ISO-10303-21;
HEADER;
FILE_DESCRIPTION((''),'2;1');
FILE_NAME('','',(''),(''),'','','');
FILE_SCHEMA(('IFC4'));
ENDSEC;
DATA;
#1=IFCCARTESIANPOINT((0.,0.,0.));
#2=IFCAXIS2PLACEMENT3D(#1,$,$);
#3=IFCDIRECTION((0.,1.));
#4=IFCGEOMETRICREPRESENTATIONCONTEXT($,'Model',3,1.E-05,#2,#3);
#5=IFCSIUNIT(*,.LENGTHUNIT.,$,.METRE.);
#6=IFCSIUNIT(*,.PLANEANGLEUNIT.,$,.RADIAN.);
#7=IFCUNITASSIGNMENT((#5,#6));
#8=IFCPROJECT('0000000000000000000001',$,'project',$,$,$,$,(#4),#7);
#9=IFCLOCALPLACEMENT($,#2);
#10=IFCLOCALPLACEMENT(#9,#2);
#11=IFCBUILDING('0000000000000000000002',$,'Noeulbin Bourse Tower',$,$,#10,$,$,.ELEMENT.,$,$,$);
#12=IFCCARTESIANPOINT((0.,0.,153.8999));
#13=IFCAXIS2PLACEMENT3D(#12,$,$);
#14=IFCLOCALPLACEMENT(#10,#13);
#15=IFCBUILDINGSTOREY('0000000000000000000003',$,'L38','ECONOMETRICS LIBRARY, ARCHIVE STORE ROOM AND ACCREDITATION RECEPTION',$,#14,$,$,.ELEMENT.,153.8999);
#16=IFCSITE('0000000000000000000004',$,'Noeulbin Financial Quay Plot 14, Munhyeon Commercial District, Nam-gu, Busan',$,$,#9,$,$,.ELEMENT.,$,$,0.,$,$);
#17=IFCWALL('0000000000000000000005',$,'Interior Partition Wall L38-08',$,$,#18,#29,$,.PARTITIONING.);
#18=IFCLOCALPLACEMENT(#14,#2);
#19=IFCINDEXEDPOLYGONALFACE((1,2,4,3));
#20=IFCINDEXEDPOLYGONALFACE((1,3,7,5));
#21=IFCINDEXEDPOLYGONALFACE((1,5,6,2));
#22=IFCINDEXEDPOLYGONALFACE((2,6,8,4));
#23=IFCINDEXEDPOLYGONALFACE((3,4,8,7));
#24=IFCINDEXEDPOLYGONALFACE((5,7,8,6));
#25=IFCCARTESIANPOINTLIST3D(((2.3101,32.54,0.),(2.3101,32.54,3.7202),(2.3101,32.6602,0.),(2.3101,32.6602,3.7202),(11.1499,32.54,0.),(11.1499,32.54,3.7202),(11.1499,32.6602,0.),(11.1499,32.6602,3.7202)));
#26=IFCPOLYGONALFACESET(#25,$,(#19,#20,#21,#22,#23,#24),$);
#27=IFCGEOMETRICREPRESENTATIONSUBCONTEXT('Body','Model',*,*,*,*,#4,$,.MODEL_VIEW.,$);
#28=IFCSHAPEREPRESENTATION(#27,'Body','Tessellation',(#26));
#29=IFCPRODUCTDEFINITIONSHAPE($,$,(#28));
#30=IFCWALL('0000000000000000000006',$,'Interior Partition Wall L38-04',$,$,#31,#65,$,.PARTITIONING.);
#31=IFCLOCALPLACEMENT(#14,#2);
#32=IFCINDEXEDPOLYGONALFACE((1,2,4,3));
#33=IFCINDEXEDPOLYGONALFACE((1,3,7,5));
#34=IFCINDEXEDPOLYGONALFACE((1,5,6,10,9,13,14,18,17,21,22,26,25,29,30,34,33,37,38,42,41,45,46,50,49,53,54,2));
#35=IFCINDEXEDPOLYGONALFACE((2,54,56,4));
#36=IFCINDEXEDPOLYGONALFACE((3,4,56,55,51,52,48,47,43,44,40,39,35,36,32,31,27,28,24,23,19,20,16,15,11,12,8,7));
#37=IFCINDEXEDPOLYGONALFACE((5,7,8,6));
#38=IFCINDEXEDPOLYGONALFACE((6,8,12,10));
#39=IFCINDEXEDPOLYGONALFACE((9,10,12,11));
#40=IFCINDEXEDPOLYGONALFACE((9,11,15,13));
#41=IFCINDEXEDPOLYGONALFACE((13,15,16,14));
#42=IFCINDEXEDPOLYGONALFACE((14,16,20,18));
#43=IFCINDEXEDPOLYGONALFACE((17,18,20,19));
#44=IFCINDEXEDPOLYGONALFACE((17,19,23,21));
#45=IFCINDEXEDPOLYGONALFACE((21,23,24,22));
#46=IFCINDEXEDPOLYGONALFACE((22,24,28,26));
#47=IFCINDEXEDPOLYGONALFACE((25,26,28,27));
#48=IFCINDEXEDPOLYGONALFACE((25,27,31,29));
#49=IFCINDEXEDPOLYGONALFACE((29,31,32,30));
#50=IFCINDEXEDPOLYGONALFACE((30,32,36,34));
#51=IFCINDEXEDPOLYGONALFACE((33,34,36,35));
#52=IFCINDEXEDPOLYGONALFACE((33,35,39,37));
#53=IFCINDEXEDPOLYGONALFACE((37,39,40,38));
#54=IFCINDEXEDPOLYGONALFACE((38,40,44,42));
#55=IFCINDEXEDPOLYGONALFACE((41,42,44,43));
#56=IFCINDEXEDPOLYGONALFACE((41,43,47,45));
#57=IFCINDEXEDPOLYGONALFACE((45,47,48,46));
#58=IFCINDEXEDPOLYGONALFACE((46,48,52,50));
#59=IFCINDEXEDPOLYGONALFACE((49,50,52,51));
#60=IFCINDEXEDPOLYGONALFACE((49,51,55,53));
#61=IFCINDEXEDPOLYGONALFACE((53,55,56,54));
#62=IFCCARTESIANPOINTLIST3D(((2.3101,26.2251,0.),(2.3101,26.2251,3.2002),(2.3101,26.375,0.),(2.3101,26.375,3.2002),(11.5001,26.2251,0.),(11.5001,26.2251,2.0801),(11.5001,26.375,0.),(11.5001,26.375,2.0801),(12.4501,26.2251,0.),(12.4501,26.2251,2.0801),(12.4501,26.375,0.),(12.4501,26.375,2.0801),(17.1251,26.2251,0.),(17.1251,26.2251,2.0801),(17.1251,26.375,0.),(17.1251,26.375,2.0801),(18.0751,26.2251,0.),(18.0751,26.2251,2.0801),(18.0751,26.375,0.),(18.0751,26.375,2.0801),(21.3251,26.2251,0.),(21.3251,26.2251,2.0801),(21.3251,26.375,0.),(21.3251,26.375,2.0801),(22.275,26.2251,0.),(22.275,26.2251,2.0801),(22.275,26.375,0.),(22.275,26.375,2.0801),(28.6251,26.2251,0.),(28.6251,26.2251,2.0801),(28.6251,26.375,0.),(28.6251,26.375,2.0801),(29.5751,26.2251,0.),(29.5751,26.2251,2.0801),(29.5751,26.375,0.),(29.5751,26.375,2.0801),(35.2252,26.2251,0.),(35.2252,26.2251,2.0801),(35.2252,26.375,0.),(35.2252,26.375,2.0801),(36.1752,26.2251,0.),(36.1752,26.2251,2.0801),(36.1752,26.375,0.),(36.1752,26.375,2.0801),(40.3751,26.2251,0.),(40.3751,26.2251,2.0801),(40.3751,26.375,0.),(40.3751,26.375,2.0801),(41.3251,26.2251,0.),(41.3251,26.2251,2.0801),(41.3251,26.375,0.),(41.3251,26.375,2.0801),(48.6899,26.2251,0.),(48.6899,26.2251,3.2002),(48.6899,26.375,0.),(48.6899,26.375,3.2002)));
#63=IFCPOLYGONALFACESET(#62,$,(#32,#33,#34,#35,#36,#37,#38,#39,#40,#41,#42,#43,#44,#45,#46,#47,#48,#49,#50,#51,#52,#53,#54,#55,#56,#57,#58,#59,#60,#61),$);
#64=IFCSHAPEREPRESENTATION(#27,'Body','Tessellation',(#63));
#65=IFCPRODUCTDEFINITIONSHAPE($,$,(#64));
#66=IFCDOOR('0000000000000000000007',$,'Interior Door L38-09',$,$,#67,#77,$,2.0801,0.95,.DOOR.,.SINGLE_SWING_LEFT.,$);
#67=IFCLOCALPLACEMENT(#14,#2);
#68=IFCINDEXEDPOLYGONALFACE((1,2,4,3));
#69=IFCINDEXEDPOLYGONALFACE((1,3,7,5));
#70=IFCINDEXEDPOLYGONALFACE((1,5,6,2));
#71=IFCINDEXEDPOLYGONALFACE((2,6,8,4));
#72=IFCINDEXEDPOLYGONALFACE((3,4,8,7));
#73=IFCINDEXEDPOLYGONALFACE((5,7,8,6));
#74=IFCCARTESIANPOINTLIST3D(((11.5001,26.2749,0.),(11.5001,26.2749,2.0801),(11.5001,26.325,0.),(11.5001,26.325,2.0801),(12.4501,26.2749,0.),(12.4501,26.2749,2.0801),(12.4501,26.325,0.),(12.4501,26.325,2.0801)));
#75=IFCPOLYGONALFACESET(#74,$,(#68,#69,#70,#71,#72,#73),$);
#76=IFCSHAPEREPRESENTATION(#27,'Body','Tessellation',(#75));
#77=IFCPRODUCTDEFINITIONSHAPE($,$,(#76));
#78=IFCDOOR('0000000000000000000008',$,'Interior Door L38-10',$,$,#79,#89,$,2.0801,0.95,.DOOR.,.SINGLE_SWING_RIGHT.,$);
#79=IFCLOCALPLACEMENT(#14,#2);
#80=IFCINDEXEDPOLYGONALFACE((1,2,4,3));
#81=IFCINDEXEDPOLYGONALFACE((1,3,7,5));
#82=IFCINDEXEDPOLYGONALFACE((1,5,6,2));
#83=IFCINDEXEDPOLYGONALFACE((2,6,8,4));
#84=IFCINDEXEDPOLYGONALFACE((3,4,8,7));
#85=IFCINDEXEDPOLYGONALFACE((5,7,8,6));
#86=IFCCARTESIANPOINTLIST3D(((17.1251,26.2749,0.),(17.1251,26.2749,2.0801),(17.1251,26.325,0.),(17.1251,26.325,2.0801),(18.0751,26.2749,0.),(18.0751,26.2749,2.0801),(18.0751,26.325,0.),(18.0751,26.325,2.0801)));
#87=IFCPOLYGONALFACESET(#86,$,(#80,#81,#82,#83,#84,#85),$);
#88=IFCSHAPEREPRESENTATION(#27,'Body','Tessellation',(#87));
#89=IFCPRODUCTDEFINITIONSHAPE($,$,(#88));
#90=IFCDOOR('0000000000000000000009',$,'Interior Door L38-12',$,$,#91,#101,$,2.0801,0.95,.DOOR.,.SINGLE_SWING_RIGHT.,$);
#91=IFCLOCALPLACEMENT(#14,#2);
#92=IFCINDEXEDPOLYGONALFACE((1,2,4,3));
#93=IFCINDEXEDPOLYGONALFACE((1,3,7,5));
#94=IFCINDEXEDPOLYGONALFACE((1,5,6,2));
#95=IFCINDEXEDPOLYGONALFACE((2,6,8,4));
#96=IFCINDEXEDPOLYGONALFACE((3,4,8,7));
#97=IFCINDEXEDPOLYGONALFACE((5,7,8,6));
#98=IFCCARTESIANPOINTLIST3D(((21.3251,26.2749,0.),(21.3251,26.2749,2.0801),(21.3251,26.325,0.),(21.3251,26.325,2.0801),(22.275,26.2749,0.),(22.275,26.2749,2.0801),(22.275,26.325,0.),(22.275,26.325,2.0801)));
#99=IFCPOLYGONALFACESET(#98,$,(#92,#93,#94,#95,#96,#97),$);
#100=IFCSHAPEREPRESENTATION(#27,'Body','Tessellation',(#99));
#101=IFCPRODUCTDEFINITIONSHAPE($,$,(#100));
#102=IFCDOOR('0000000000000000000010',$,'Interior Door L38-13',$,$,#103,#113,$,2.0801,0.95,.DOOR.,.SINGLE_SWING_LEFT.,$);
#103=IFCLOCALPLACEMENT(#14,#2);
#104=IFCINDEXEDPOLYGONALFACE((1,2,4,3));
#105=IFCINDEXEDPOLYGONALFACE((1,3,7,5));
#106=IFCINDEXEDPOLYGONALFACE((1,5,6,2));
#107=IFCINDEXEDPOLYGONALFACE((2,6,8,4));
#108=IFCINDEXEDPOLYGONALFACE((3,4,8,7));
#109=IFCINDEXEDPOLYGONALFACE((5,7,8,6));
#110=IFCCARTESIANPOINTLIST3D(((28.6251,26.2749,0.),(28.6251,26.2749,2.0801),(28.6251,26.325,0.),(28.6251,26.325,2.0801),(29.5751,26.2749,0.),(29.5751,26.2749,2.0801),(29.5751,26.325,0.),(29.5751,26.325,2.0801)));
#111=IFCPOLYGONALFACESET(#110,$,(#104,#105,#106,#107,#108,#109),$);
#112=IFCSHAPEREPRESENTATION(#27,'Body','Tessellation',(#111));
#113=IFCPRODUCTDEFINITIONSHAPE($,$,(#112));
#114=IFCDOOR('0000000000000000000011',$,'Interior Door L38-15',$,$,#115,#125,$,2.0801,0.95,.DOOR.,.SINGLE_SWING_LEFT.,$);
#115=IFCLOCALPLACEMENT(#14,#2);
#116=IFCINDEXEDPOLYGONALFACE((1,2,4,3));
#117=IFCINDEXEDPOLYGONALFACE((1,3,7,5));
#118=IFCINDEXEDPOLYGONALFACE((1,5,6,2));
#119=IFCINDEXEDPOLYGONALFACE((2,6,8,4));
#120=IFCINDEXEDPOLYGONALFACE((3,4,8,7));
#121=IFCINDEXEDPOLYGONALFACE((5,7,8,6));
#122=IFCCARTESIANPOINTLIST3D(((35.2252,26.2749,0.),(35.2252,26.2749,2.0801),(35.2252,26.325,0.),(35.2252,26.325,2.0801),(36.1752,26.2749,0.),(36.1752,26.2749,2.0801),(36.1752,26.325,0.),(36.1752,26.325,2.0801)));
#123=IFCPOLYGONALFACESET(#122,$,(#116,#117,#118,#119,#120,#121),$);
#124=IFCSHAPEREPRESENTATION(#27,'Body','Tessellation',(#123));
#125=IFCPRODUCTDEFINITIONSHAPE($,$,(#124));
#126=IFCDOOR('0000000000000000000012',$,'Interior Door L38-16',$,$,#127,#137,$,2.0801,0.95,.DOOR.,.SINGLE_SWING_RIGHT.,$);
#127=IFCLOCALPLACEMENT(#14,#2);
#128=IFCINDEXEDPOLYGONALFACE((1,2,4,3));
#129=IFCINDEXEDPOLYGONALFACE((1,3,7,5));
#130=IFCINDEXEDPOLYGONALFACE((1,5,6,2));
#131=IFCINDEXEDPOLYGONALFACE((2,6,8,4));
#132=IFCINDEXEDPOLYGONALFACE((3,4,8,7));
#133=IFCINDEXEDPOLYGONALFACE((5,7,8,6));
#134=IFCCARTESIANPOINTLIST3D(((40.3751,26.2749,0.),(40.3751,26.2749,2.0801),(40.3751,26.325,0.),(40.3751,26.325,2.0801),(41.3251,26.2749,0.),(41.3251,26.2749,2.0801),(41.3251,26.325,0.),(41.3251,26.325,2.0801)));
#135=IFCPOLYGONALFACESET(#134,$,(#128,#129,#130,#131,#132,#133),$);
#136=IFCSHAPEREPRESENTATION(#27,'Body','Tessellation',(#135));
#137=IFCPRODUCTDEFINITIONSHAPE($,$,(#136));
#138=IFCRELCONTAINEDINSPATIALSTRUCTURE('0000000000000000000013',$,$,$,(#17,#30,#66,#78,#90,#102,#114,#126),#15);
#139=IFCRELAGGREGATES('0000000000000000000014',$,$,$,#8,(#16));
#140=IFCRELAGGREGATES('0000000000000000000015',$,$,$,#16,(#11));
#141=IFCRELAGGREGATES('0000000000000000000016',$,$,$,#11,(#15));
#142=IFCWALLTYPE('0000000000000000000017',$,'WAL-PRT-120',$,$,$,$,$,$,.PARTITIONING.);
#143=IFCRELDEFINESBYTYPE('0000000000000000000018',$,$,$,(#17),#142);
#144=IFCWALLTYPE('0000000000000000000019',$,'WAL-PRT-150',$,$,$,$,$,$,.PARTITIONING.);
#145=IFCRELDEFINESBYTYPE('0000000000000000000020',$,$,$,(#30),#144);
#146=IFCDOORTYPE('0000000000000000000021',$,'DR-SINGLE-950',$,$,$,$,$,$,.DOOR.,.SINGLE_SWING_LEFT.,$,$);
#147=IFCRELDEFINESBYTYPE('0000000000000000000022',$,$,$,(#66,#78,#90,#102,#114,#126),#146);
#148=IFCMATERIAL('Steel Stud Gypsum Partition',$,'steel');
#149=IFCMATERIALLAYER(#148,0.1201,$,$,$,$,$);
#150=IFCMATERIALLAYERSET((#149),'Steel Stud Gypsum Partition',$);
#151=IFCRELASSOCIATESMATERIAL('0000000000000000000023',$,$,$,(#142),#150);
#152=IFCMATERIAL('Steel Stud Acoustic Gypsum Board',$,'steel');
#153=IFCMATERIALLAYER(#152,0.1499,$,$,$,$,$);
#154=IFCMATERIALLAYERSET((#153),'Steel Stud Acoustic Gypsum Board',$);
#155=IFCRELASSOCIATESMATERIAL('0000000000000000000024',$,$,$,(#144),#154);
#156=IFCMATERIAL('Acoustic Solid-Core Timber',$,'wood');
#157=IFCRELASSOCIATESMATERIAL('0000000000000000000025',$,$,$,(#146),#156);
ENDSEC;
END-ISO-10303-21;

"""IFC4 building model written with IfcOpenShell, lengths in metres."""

from ifc_helpers import new_model, si_unit, direction, frame, frame_2d, origin, place, context, subcontext, project, spatial, rectangle, extrude, material, layer, layer_set, type_object, element, fill, save


model = new_model("IFC4")

# Units and contexts
model_context = context("Model", 3, precision=1e-05, world=origin(), true_north=direction((0.0, 1.0)))
body_context = subcontext(model_context, "Body", "Model", "MODEL_VIEW")
ifc_project = project(units=[si_unit("LENGTHUNIT", "METRE"), si_unit("PLANEANGLEUNIT", "RADIAN")], contexts=[model_context])

# Site, building, storey
site_placement = place(None, origin())
site = spatial("IfcSite", under=ifc_project, at=site_placement, Name="Noeulbin Financial Quay Plot 14, Munhyeon Commercial District, Nam-gu, Busan", CompositionType="ELEMENT", RefElevation=0.0)
building_placement = place(site_placement, origin())
building = spatial("IfcBuilding", under=site, at=building_placement, Name="Noeulbin Bourse Tower", CompositionType="ELEMENT")
storey_placement = place(building_placement, frame((0.0, 0.0, 153.8999)))
storey = spatial("IfcBuildingStorey", under=building, at=storey_placement, Name="L38", Description="ECONOMETRICS LIBRARY, ARCHIVE STORE ROOM AND ACCREDITATION RECEPTION", CompositionType="ELEMENT", Elevation=153.8999)

# Wall
ifc_material_1 = material(Name="Steel Stud Gypsum Partition", Category="steel")
ifc_layer_1 = layer(ifc_material_1, 0.1201)
ifc_layer_set_1 = layer_set([ifc_layer_1], Name="Steel Stud Gypsum Partition")
wall_type_1 = type_object("IfcWallType", Name="WAL-PRT-120", PredefinedType="PARTITIONING", material=ifc_layer_set_1)
wall_1_placement = place(storey_placement, frame((2.3101, 32.6001, 0.0), z_axis=(0.0, 0.0, 1.0), x_axis=(1.0, 0.0, 0.0)))
element("IfcWall", 1, at=wall_1_placement, inside=storey, type_object=wall_type_1, Name="Interior Partition Wall L38-08", PredefinedType="PARTITIONING", context=body_context, shape_type="SweptSolid", body=[
    extrude(rectangle(XDim=8.8398, YDim=0.1201, at=frame_2d((4.4199, 0.0))), origin(), (0.0, 0.0, 1.0), 3.7202),
])

# Wall, openings, doors
ifc_material_2 = material(Name="Steel Stud Acoustic Gypsum Board", Category="steel")
ifc_layer_2 = layer(ifc_material_2, 0.1499)
ifc_layer_set_2 = layer_set([ifc_layer_2], Name="Steel Stud Acoustic Gypsum Board")
wall_type_2 = type_object("IfcWallType", Name="WAL-PRT-150", PredefinedType="PARTITIONING", material=ifc_layer_set_2)
wall_2_placement = place(storey_placement, frame((2.3101, 26.3, 0.0), z_axis=(0.0, 0.0, 1.0), x_axis=(1.0, 0.0, 0.0)))
wall_2 = element("IfcWall", 2, at=wall_2_placement, inside=storey, type_object=wall_type_2, Name="Interior Partition Wall L38-04", PredefinedType="PARTITIONING", context=body_context, shape_type="SweptSolid", body=[
    extrude(rectangle(XDim=46.3799, YDim=0.1499, at=frame_2d((23.1899, 0.0))), origin(), (0.0, 0.0, 1.0), 3.2002),
])
opening_1_placement = place(wall_2_placement, frame((9.1899, 0.0, 0.0)))
opening_1 = element("IfcOpeningElement", 3, at=opening_1_placement, cuts=wall_2, PredefinedType="OPENING", context=body_context, shape_type="SweptSolid", body=[
    extrude(rectangle(XDim=0.95, YDim=2.0801, at=frame_2d((0.4751, 1.04))), frame((0.0, 0.085, 0.0), z_axis=(0.0, -1.0, 0.0), x_axis=(1.0, 0.0, 0.0)), (0.0, 0.0, 1.0), 0.1699),
])
opening_2_placement = place(wall_2_placement, frame((14.8149, 0.0, 0.0)))
opening_2 = element("IfcOpeningElement", 4, at=opening_2_placement, cuts=wall_2, PredefinedType="OPENING", context=body_context, shape_type="SweptSolid", body=[
    extrude(rectangle(XDim=0.95, YDim=2.0801, at=frame_2d((0.4751, 1.04))), frame((0.0, 0.085, 0.0), z_axis=(0.0, -1.0, 0.0), x_axis=(1.0, 0.0, 0.0)), (0.0, 0.0, 1.0), 0.1699),
])
opening_3_placement = place(wall_2_placement, frame((19.0149, 0.0, 0.0)))
opening_3 = element("IfcOpeningElement", 5, at=opening_3_placement, cuts=wall_2, PredefinedType="OPENING", context=body_context, shape_type="SweptSolid", body=[
    extrude(rectangle(XDim=0.95, YDim=2.0801, at=frame_2d((0.4751, 1.04))), frame((0.0, 0.085, 0.0), z_axis=(0.0, -1.0, 0.0), x_axis=(1.0, 0.0, 0.0)), (0.0, 0.0, 1.0), 0.1699),
])
opening_4_placement = place(wall_2_placement, frame((26.3149, 0.0, 0.0)))
opening_4 = element("IfcOpeningElement", 6, at=opening_4_placement, cuts=wall_2, PredefinedType="OPENING", context=body_context, shape_type="SweptSolid", body=[
    extrude(rectangle(XDim=0.95, YDim=2.0801, at=frame_2d((0.4751, 1.04))), frame((0.0, 0.085, 0.0), z_axis=(0.0, -1.0, 0.0), x_axis=(1.0, 0.0, 0.0)), (0.0, 0.0, 1.0), 0.1699),
])
opening_5_placement = place(wall_2_placement, frame((32.915, 0.0, 0.0)))
opening_5 = element("IfcOpeningElement", 7, at=opening_5_placement, cuts=wall_2, PredefinedType="OPENING", context=body_context, shape_type="SweptSolid", body=[
    extrude(rectangle(XDim=0.95, YDim=2.0801, at=frame_2d((0.4751, 1.04))), frame((0.0, 0.085, 0.0), z_axis=(0.0, -1.0, 0.0), x_axis=(1.0, 0.0, 0.0)), (0.0, 0.0, 1.0), 0.1699),
])
opening_6_placement = place(wall_2_placement, frame((38.0649, 0.0, 0.0)))
opening_6 = element("IfcOpeningElement", 8, at=opening_6_placement, cuts=wall_2, PredefinedType="OPENING", context=body_context, shape_type="SweptSolid", body=[
    extrude(rectangle(XDim=0.95, YDim=2.0801, at=frame_2d((0.4751, 1.04))), frame((0.0, 0.085, 0.0), z_axis=(0.0, -1.0, 0.0), x_axis=(1.0, 0.0, 0.0)), (0.0, 0.0, 1.0), 0.1699),
])
ifc_material_3 = material(Name="Acoustic Solid-Core Timber", Category="wood")
door_type = type_object("IfcDoorType", Name="DR-SINGLE-950", OperationType="SINGLE_SWING_LEFT", PredefinedType="DOOR", material=ifc_material_3)
door_1_placement = place(opening_1_placement, origin())
door_1 = element("IfcDoor", 9, at=door_1_placement, inside=storey, type_object=door_type, Name="Interior Door L38-09", OperationType="SINGLE_SWING_LEFT", OverallHeight=2.0801, OverallWidth=0.95, PredefinedType="DOOR", context=body_context, shape_type="SweptSolid", body=[
    extrude(rectangle(XDim=0.95, YDim=2.0801, at=frame_2d((0.4751, 1.04))), frame((0.0, 0.0249, 0.0), z_axis=(0.0, -1.0, 0.0), x_axis=(1.0, 0.0, 0.0)), (0.0, 0.0, 1.0), 0.05),
])
fill(opening_1, door_1)
door_2_placement = place(opening_2_placement, origin())
door_2 = element("IfcDoor", 10, at=door_2_placement, inside=storey, type_object=door_type, Name="Interior Door L38-10", OperationType="SINGLE_SWING_RIGHT", OverallHeight=2.0801, OverallWidth=0.95, PredefinedType="DOOR", context=body_context, shape_type="SweptSolid", body=[
    extrude(rectangle(XDim=0.95, YDim=2.0801, at=frame_2d((0.4751, 1.04))), frame((0.0, 0.0249, 0.0), z_axis=(0.0, -1.0, 0.0), x_axis=(1.0, 0.0, 0.0)), (0.0, 0.0, 1.0), 0.05),
])
fill(opening_2, door_2)
door_3_placement = place(opening_3_placement, origin())
door_3 = element("IfcDoor", 11, at=door_3_placement, inside=storey, type_object=door_type, Name="Interior Door L38-12", OperationType="SINGLE_SWING_RIGHT", OverallHeight=2.0801, OverallWidth=0.95, PredefinedType="DOOR", context=body_context, shape_type="SweptSolid", body=[
    extrude(rectangle(XDim=0.95, YDim=2.0801, at=frame_2d((0.4751, 1.04))), frame((0.0, 0.0249, 0.0), z_axis=(0.0, -1.0, 0.0), x_axis=(1.0, 0.0, 0.0)), (0.0, 0.0, 1.0), 0.05),
])
fill(opening_3, door_3)
door_4_placement = place(opening_4_placement, origin())
door_4 = element("IfcDoor", 12, at=door_4_placement, inside=storey, type_object=door_type, Name="Interior Door L38-13", OperationType="SINGLE_SWING_LEFT", OverallHeight=2.0801, OverallWidth=0.95, PredefinedType="DOOR", context=body_context, shape_type="SweptSolid", body=[
    extrude(rectangle(XDim=0.95, YDim=2.0801, at=frame_2d((0.4751, 1.04))), frame((0.0, 0.0249, 0.0), z_axis=(0.0, -1.0, 0.0), x_axis=(1.0, 0.0, 0.0)), (0.0, 0.0, 1.0), 0.05),
])
fill(opening_4, door_4)
door_5_placement = place(opening_5_placement, origin())
door_5 = element("IfcDoor", 13, at=door_5_placement, inside=storey, type_object=door_type, Name="Interior Door L38-15", OperationType="SINGLE_SWING_LEFT", OverallHeight=2.0801, OverallWidth=0.95, PredefinedType="DOOR", context=body_context, shape_type="SweptSolid", body=[
    extrude(rectangle(XDim=0.95, YDim=2.0801, at=frame_2d((0.4751, 1.04))), frame((0.0, 0.0249, 0.0), z_axis=(0.0, -1.0, 0.0), x_axis=(1.0, 0.0, 0.0)), (0.0, 0.0, 1.0), 0.05),
])
fill(opening_5, door_5)
door_6_placement = place(opening_6_placement, origin())
door_6 = element("IfcDoor", 14, at=door_6_placement, inside=storey, type_object=door_type, Name="Interior Door L38-16", OperationType="SINGLE_SWING_RIGHT", OverallHeight=2.0801, OverallWidth=0.95, PredefinedType="DOOR", context=body_context, shape_type="SweptSolid", body=[
    extrude(rectangle(XDim=0.95, YDim=2.0801, at=frame_2d((0.4751, 1.04))), frame((0.0, 0.0249, 0.0), z_axis=(0.0, -1.0, 0.0), x_axis=(1.0, 0.0, 0.0)), (0.0, 0.0, 1.0), 0.05),
])
fill(opening_6, door_6)

save(model, "model.ifc")
